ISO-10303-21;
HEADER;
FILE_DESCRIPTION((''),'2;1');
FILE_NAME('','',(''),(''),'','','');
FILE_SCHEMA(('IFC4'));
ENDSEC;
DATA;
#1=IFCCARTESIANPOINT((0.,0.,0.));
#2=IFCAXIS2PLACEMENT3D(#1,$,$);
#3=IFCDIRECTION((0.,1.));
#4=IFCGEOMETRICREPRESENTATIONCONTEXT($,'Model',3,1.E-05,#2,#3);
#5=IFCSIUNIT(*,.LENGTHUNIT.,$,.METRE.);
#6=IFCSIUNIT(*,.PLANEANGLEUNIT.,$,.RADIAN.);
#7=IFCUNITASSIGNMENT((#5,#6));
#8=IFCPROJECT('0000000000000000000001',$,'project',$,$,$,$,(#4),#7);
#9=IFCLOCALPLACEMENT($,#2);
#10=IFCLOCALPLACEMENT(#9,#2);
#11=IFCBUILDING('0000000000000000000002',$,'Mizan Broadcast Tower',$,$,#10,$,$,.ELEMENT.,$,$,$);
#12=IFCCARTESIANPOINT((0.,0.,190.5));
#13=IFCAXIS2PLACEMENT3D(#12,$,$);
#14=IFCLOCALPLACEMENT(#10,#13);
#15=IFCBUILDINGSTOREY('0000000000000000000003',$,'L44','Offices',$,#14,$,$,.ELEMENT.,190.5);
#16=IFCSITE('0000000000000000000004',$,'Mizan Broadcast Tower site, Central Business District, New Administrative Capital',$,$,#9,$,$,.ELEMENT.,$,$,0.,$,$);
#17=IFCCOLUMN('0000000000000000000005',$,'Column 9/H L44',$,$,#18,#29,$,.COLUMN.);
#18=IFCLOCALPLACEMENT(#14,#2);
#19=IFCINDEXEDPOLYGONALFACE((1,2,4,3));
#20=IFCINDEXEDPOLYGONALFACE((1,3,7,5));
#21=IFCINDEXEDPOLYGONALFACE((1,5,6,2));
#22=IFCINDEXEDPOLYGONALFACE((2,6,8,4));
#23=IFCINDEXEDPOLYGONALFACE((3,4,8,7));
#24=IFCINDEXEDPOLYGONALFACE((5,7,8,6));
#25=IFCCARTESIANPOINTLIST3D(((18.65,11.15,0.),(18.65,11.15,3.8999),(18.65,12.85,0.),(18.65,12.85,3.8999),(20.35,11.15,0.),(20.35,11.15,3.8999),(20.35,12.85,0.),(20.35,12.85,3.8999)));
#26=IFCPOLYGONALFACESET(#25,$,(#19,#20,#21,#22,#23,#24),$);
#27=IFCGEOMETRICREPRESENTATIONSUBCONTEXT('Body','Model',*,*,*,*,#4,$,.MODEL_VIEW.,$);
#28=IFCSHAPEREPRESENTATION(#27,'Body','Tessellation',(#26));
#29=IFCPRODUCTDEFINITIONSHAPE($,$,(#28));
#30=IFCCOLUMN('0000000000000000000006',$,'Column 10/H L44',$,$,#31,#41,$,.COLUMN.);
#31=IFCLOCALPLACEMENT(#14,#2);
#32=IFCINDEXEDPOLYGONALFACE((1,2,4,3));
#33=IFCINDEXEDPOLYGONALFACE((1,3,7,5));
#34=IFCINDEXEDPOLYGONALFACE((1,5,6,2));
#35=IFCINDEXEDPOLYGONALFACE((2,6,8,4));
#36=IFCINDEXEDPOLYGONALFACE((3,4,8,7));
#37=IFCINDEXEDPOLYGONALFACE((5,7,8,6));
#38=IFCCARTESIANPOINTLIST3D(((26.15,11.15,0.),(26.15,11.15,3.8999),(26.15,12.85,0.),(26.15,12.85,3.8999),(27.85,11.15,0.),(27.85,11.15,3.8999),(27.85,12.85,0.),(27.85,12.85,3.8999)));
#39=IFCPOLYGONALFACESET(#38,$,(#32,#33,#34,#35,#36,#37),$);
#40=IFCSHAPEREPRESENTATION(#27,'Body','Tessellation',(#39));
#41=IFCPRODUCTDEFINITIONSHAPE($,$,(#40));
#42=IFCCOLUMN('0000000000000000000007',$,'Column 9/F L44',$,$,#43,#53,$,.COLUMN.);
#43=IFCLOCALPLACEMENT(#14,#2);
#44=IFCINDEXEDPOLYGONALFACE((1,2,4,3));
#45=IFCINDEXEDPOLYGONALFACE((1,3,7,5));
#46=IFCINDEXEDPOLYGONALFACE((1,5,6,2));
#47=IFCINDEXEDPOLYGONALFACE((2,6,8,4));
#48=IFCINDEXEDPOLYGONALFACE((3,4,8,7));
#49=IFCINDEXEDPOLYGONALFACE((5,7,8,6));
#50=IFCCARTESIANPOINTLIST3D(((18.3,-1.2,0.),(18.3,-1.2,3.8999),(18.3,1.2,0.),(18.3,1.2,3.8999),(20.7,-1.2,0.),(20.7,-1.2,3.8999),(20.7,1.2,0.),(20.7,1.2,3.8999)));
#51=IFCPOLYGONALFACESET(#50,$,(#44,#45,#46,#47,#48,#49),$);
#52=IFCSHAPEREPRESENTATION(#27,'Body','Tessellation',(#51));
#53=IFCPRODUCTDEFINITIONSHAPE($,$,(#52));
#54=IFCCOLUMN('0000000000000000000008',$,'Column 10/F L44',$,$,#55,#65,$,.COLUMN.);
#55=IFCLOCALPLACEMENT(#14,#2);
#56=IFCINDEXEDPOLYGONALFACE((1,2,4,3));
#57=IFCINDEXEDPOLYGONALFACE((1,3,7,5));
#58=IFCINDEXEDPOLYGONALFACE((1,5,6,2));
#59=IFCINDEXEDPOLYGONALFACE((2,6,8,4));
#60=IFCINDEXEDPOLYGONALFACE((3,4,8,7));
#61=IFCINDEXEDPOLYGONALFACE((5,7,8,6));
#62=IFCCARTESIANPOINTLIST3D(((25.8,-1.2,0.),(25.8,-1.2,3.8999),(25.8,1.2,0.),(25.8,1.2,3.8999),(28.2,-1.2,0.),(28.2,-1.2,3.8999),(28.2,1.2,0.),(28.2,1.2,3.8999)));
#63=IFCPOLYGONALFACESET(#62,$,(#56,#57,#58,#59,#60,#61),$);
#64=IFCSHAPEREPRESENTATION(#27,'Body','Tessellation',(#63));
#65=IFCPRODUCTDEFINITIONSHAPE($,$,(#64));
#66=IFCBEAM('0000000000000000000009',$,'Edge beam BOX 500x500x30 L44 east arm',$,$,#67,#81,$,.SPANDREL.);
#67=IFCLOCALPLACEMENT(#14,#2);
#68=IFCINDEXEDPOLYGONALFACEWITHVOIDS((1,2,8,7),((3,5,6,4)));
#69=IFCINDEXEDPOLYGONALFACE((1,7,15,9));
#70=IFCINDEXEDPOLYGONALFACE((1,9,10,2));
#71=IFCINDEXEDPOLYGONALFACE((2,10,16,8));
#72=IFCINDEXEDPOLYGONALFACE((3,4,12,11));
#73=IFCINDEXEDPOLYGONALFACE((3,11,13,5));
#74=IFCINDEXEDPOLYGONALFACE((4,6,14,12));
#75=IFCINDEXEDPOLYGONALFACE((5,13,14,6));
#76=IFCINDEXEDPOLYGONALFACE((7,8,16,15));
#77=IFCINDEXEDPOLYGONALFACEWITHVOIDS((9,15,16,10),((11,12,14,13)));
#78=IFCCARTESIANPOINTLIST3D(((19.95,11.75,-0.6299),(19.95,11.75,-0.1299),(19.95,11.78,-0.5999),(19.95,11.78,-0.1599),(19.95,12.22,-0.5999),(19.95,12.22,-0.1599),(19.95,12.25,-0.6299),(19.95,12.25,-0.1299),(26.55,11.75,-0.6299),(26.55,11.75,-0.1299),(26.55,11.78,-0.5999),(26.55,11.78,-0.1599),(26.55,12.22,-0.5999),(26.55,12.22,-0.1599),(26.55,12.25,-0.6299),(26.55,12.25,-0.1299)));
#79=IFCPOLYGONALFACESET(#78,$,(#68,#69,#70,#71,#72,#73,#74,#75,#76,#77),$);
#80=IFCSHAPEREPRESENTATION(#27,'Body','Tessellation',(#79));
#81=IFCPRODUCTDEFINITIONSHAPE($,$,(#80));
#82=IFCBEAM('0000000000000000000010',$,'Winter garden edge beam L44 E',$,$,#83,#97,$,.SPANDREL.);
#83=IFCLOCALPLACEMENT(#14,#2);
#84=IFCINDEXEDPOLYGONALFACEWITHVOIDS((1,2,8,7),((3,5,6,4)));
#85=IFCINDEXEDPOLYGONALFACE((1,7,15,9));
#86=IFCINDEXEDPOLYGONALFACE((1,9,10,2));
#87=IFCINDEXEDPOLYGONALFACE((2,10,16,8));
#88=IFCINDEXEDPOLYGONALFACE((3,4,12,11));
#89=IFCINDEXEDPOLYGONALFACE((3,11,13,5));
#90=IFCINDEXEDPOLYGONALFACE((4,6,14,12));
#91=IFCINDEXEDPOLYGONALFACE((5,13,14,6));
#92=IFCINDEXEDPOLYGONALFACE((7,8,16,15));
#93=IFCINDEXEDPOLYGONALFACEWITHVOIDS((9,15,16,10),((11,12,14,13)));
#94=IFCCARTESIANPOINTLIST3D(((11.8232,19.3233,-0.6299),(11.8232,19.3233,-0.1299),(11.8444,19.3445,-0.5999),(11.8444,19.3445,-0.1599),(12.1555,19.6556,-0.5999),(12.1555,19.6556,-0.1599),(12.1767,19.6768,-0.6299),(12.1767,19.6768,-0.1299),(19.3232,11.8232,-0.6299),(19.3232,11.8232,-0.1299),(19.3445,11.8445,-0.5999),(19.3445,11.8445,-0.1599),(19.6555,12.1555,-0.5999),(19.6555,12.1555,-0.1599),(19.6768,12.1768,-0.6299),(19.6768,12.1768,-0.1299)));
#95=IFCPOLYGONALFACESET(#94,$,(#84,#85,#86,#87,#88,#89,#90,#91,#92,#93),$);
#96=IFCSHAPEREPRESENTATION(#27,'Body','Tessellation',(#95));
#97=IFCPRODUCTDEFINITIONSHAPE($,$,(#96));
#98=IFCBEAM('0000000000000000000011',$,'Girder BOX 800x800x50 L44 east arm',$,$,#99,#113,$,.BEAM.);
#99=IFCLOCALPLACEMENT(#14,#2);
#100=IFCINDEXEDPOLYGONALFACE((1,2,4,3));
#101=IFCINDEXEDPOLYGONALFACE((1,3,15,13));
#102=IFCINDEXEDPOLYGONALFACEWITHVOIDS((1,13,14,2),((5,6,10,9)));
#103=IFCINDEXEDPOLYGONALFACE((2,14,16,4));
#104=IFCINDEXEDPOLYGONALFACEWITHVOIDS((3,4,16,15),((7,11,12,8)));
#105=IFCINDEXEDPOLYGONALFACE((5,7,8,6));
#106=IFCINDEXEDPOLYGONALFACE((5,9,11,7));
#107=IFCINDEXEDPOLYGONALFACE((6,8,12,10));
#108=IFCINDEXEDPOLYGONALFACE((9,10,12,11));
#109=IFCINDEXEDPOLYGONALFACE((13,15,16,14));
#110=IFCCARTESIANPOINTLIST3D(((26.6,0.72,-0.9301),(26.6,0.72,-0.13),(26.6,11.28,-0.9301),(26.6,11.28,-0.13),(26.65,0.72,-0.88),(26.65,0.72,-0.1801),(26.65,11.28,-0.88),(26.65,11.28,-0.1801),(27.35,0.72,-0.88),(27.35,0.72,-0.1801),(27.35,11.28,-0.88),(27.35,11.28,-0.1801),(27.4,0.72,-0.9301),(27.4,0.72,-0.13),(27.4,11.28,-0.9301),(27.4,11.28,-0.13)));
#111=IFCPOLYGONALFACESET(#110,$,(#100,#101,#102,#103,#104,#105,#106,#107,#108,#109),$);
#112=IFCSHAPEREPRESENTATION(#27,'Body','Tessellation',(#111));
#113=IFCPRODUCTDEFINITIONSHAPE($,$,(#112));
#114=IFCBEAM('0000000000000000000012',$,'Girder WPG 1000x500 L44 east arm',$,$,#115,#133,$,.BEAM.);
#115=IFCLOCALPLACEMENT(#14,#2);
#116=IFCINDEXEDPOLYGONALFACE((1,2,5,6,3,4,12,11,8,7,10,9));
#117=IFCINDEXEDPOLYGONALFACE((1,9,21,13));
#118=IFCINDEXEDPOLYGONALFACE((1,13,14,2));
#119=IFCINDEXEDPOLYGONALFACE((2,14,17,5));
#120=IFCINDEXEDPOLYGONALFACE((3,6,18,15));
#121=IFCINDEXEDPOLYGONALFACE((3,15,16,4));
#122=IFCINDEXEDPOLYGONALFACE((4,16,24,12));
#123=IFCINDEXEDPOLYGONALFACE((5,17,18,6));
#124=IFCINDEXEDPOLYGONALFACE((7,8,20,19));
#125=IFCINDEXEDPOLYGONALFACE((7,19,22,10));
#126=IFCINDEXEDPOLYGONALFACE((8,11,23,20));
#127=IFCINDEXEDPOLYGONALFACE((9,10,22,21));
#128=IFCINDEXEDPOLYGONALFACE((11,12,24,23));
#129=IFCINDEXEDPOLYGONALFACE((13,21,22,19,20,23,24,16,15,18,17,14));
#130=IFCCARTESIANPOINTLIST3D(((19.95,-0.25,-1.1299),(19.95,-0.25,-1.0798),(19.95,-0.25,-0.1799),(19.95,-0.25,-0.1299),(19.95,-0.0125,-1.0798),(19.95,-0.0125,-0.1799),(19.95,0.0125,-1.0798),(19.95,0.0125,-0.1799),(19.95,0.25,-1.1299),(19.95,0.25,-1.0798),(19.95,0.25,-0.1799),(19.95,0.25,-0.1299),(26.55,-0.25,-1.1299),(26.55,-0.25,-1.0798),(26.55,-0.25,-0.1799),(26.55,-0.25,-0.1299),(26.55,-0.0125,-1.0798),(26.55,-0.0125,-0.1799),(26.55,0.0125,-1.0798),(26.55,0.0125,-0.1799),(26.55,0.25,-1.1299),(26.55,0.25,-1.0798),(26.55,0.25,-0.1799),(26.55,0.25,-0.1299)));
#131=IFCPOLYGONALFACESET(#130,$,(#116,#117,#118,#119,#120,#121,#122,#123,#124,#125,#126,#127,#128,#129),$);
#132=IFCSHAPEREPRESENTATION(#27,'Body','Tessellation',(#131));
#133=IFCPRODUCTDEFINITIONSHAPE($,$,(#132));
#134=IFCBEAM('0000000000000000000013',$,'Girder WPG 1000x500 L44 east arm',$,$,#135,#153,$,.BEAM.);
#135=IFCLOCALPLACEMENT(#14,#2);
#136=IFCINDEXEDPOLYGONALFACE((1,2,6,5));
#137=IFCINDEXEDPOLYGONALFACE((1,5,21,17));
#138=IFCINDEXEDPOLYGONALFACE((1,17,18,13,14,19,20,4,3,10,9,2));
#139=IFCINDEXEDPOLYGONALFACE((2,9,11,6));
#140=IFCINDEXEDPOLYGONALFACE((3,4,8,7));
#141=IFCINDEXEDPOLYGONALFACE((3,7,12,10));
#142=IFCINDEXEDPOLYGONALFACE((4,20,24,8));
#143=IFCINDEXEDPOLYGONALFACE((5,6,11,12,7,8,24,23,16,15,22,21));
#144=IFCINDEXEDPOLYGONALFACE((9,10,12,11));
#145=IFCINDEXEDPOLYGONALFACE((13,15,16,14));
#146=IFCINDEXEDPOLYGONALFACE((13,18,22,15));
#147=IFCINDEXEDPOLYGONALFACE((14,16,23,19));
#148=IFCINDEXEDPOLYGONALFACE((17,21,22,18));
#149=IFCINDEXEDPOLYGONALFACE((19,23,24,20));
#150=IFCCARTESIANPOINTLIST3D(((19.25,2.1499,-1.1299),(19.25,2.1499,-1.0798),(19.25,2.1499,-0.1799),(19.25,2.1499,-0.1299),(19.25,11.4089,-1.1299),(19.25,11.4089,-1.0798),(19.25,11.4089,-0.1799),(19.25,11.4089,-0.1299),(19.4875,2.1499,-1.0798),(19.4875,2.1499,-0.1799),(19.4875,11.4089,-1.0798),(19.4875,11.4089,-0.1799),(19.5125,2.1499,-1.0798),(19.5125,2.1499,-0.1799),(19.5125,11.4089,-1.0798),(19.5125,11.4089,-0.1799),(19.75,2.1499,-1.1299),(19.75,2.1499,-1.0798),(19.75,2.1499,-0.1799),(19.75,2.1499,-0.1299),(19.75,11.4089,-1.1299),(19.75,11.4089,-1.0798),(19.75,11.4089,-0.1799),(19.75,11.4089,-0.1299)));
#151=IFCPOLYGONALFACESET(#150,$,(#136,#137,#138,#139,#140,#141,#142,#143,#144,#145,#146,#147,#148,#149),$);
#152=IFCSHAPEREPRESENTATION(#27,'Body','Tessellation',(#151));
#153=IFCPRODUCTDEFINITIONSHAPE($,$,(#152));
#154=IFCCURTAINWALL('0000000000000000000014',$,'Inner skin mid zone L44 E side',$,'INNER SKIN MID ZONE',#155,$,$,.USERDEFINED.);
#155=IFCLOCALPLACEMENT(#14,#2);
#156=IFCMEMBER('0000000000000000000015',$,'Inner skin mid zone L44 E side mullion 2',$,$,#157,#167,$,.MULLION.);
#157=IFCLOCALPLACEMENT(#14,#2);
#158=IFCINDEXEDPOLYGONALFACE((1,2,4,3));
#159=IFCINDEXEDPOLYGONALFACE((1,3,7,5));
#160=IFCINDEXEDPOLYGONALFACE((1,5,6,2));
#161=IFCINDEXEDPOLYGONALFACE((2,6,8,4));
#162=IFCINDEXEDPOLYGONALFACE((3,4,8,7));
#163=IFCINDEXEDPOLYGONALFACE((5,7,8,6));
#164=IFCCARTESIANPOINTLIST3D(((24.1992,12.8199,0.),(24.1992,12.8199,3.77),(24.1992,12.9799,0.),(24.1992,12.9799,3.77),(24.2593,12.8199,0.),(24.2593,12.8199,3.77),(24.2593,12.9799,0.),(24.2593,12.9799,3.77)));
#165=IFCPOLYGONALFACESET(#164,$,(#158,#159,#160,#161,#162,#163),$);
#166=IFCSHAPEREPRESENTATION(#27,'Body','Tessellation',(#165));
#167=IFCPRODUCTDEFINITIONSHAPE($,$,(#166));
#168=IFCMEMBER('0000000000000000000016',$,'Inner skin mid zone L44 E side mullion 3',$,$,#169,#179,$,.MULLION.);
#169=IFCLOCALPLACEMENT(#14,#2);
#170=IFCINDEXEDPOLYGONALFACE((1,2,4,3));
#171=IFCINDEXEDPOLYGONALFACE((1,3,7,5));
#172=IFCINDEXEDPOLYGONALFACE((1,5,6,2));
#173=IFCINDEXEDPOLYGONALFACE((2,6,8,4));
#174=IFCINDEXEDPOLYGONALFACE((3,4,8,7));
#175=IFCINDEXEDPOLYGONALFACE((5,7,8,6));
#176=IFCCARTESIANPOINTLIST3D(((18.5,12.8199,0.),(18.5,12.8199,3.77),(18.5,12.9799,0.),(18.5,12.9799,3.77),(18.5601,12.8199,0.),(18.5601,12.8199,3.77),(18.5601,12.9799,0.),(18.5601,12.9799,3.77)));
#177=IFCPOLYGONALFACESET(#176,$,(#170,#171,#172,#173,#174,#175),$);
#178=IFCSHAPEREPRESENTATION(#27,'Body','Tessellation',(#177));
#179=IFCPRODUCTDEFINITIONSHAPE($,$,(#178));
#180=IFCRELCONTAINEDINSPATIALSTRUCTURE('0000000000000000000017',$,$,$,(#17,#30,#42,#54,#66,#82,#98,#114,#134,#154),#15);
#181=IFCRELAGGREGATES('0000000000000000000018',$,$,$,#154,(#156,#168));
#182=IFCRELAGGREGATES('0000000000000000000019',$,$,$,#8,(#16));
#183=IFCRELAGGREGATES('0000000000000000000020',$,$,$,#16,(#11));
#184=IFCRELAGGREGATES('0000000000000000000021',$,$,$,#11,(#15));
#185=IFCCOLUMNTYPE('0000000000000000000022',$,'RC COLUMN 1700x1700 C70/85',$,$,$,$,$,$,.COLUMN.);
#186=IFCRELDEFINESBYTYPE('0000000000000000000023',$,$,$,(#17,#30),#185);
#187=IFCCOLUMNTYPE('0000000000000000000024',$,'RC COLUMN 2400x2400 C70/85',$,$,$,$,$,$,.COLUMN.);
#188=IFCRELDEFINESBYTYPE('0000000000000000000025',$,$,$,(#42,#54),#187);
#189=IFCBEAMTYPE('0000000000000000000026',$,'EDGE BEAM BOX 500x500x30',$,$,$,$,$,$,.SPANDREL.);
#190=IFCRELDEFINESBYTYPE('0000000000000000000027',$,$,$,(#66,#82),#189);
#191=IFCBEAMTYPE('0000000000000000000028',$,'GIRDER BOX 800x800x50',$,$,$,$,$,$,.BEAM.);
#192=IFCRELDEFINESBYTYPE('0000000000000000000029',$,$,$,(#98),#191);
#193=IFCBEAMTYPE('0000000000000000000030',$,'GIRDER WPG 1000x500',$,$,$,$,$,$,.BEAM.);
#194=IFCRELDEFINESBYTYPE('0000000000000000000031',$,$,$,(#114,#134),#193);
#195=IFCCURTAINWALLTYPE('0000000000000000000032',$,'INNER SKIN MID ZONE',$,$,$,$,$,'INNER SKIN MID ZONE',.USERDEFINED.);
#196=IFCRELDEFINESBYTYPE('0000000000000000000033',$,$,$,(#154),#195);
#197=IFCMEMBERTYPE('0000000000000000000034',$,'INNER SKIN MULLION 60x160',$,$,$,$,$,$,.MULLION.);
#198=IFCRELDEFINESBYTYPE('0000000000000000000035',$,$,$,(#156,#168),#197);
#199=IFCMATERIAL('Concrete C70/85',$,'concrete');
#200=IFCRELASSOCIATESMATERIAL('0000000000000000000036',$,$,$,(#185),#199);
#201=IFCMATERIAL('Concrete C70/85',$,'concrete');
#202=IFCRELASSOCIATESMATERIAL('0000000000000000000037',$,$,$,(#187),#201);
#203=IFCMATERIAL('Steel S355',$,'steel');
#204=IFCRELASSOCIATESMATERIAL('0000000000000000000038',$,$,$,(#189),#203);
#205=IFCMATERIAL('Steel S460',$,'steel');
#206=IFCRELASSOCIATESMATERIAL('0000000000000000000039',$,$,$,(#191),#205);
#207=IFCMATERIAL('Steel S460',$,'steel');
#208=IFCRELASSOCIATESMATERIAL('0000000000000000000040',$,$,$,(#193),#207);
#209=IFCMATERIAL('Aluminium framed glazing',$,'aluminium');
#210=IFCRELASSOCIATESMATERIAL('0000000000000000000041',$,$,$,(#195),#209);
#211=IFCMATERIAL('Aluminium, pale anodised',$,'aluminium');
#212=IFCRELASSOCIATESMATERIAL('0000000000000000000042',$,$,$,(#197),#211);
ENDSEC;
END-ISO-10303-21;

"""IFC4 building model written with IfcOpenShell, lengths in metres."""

from ifc_helpers import new_model, si_unit, direction, frame, origin, origin_2d, place, context, subcontext, project, spatial, rectangle, hollow_rectangle, i_section, extrude, material, material_profile, profile_set, type_object, element, aggregate, save


model = new_model("IFC4")

# Units and contexts
model_context = context("Model", 3, precision=1e-05, world=origin(), true_north=direction((0.0, 1.0)))
body_context = subcontext(model_context, "Body", "Model", "MODEL_VIEW")
ifc_project = project(units=[si_unit("LENGTHUNIT", "METRE"), si_unit("PLANEANGLEUNIT", "RADIAN")], contexts=[model_context])

# Site, building, storey
site_placement = place(None, origin())
site = spatial("IfcSite", under=ifc_project, at=site_placement, Name="Mizan Broadcast Tower site, Central Business District, New Administrative Capital", CompositionType="ELEMENT", RefElevation=0.0)
building_placement = place(site_placement, origin())
building = spatial("IfcBuilding", under=site, at=building_placement, Name="Mizan Broadcast Tower", CompositionType="ELEMENT")
storey_placement = place(building_placement, frame((0.0, 0.0, 190.5)))
storey = spatial("IfcBuildingStorey", under=building, at=storey_placement, Name="L44", Description="Offices", CompositionType="ELEMENT", Elevation=190.5)

# Columns
ifc_material_1 = material(Name="Concrete C70/85", Category="concrete")
ifc_material_profile_1 = material_profile(ifc_material_1, rectangle(XDim=1.7, YDim=1.7, at=origin_2d()), Name="RC 1700x1700")
ifc_profile_set_1 = profile_set([ifc_material_profile_1], Name="Concrete C70/85")
column_type_1 = type_object("IfcColumnType", Name="RC COLUMN 1700x1700 C70/85", PredefinedType="COLUMN", material=ifc_profile_set_1)
for number, where, z_axis, x_axis, name in (
    (1, (19.5, 12.0, 0.0), (0.0, 0.0, 1.0), (1.0, 0.0, 0.0), "Column 9/H L44"),
    (2, (27.0, 12.0, 0.0), (0.0, 0.0, 1.0), (1.0, 0.0, 0.0), "Column 10/H L44"),
):
    element("IfcColumn", number, at=place(storey_placement, frame(where, z_axis=z_axis, x_axis=x_axis)), inside=storey, type_object=column_type_1, Name=name, PredefinedType="COLUMN", context=body_context, shape_type="SweptSolid", body=[
        extrude(rectangle(XDim=1.7, YDim=1.7, at=origin_2d()), origin(), (0.0, 0.0, 1.0), 3.8999),
    ])
ifc_material_2 = material(Name="Concrete C70/85", Category="concrete")
ifc_material_profile_2 = material_profile(ifc_material_2, rectangle(XDim=2.3999, YDim=2.3999, at=origin_2d()), Name="RC 2400x2400")
ifc_profile_set_2 = profile_set([ifc_material_profile_2], Name="Concrete C70/85")
column_type_2 = type_object("IfcColumnType", Name="RC COLUMN 2400x2400 C70/85", PredefinedType="COLUMN", material=ifc_profile_set_2)
for number, where, z_axis, x_axis, name in (
    (3, (19.5, 0.0, 0.0), (0.0, 0.0, 1.0), (1.0, 0.0, 0.0), "Column 9/F L44"),
    (4, (27.0, 0.0, 0.0), (0.0, 0.0, 1.0), (1.0, 0.0, 0.0), "Column 10/F L44"),
):
    element("IfcColumn", number, at=place(storey_placement, frame(where, z_axis=z_axis, x_axis=x_axis)), inside=storey, type_object=column_type_2, Name=name, PredefinedType="COLUMN", context=body_context, shape_type="SweptSolid", body=[
        extrude(rectangle(XDim=2.3999, YDim=2.3999, at=origin_2d()), origin(), (0.0, 0.0, 1.0), 3.8999),
    ])

# Beams
ifc_material_3 = material(Name="Steel S355", Category="steel")
ifc_material_profile_3 = material_profile(ifc_material_3, hollow_rectangle(XDim=0.5, YDim=0.5, WallThickness=0.03, at=origin_2d()), Name="BOX 500x500x30")
ifc_profile_set_3 = profile_set([ifc_material_profile_3], Name="Steel S355")
beam_type_1 = type_object("IfcBeamType", Name="EDGE BEAM BOX 500x500x30", PredefinedType="SPANDREL", material=ifc_profile_set_3)
beam_1_placement = place(storey_placement, frame((19.95, 12.0, -0.3799), z_axis=(1.0, 0.0, 0.0), x_axis=(0.0, 1.0, 0.0)))
element("IfcBeam", 5, at=beam_1_placement, inside=storey, type_object=beam_type_1, Name="Edge beam BOX 500x500x30 L44 east arm", PredefinedType="SPANDREL", context=body_context, shape_type="SweptSolid", body=[
    extrude(hollow_rectangle(XDim=0.5, YDim=0.5, WallThickness=0.03, at=origin_2d()), origin(), (0.0, 0.0, 1.0), 6.6001),
])
beam_2_placement = place(storey_placement, frame((19.5, 12.0, -0.3799), z_axis=(-0.707107, 0.707107, 0.0), x_axis=(-0.707107, -0.707107, 0.0)))
element("IfcBeam", 6, at=beam_2_placement, inside=storey, type_object=beam_type_1, Name="Winter garden edge beam L44 E", PredefinedType="SPANDREL", context=body_context, shape_type="SweptSolid", body=[
    extrude(hollow_rectangle(XDim=0.5, YDim=0.5, WallThickness=0.03, at=origin_2d()), origin(), (0.0, 0.0, 1.0), 10.6067),
])
ifc_material_4 = material(Name="Steel S460", Category="steel")
ifc_material_profile_4 = material_profile(ifc_material_4, hollow_rectangle(XDim=0.8, YDim=0.8, WallThickness=0.05, at=origin_2d()), Name="BOX 800x800x50")
ifc_profile_set_4 = profile_set([ifc_material_profile_4], Name="Steel S460")
beam_type_2 = type_object("IfcBeamType", Name="GIRDER BOX 800x800x50", PredefinedType="BEAM", material=ifc_profile_set_4)
beam_3_placement = place(storey_placement, frame((27.0, 11.28, -0.53), z_axis=(0.0, -1.0, 0.0), x_axis=(1.0, 0.0, 0.0)))
element("IfcBeam", 7, at=beam_3_placement, inside=storey, type_object=beam_type_2, Name="Girder BOX 800x800x50 L44 east arm", PredefinedType="BEAM", context=body_context, shape_type="SweptSolid", body=[
    extrude(hollow_rectangle(XDim=0.8, YDim=0.8, WallThickness=0.05, at=origin_2d()), origin(), (0.0, 0.0, 1.0), 10.5601),
])
ifc_material_5 = material(Name="Steel S460", Category="steel")
ifc_material_profile_5 = material_profile(ifc_material_5, i_section(OverallWidth=0.5, OverallDepth=1.0, WebThickness=0.0249, FlangeThickness=0.05, at=origin_2d()), Name="WPG 1000x500")
ifc_profile_set_5 = profile_set([ifc_material_profile_5], Name="Steel S460")
beam_type_3 = type_object("IfcBeamType", Name="GIRDER WPG 1000x500", PredefinedType="BEAM", material=ifc_profile_set_5)
beam_4_placement = place(storey_placement, frame((19.95, 0.0, -0.6299), z_axis=(1.0, 0.0, 0.0), x_axis=(0.0, 1.0, 0.0)))
element("IfcBeam", 8, at=beam_4_placement, inside=storey, type_object=beam_type_3, Name="Girder WPG 1000x500 L44 east arm", PredefinedType="BEAM", context=body_context, shape_type="SweptSolid", body=[
    extrude(i_section(OverallWidth=0.5, OverallDepth=1.0, WebThickness=0.0249, FlangeThickness=0.05, at=origin_2d()), origin(), (0.0, 0.0, 1.0), 6.6001),
])
beam_5_placement = place(storey_placement, frame((19.5, 11.4089, -0.6299), z_axis=(0.0, -1.0, 0.0), x_axis=(1.0, 0.0, 0.0)))
element("IfcBeam", 9, at=beam_5_placement, inside=storey, type_object=beam_type_3, Name="Girder WPG 1000x500 L44 east arm", PredefinedType="BEAM", context=body_context, shape_type="SweptSolid", body=[
    extrude(i_section(OverallWidth=0.5, OverallDepth=1.0, WebThickness=0.0249, FlangeThickness=0.05, at=origin_2d()), origin(), (0.0, 0.0, 1.0), 9.259),
])

# Curtain wall, members
ifc_material_6 = material(Name="Aluminium framed glazing", Category="aluminium")
curtain_wall_type_1 = type_object("IfcCurtainWallType", Name="INNER SKIN MID ZONE", ElementType="INNER SKIN MID ZONE", PredefinedType="USERDEFINED", material=ifc_material_6)
curtain_wall_1_placement = place(storey_placement, origin())
curtain_wall_1 = element("IfcCurtainWall", 10, at=curtain_wall_1_placement, inside=storey, type_object=curtain_wall_type_1, Name="Inner skin mid zone L44 E side", ObjectType="INNER SKIN MID ZONE", PredefinedType="USERDEFINED")
ifc_material_7 = material(Name="Aluminium, pale anodised", Category="aluminium")
ifc_material_profile_6 = material_profile(ifc_material_7, rectangle(XDim=0.1599, YDim=0.0601, at=origin_2d()), Name="MULLION 160x60")
ifc_profile_set_6 = profile_set([ifc_material_profile_6], Name="Aluminium, pale anodised")
member_type_1 = type_object("IfcMemberType", Name="INNER SKIN MULLION 60x160", PredefinedType="MULLION", material=ifc_profile_set_6)
member_1_placement = place(storey_placement, frame((24.2292, 12.8999, 0.0), z_axis=(0.0, 0.0, 1.0), x_axis=(0.0, -1.0, 0.0)))
member_1 = element("IfcMember", 11, at=member_1_placement, type_object=member_type_1, Name="Inner skin mid zone L44 E side mullion 2", PredefinedType="MULLION", context=body_context, shape_type="SweptSolid", body=[
    extrude(rectangle(XDim=0.1599, YDim=0.0601, at=origin_2d()), origin(), (0.0, 0.0, 1.0), 3.77),
])
member_2_placement = place(storey_placement, frame((18.53, 12.8999, 0.0), z_axis=(0.0, 0.0, 1.0), x_axis=(0.0, -1.0, 0.0)))
member_2 = element("IfcMember", 12, at=member_2_placement, type_object=member_type_1, Name="Inner skin mid zone L44 E side mullion 3", PredefinedType="MULLION", context=body_context, shape_type="SweptSolid", body=[
    extrude(rectangle(XDim=0.1599, YDim=0.0601, at=origin_2d()), origin(), (0.0, 0.0, 1.0), 3.77),
])

aggregate(curtain_wall_1, [member_1, member_2])

save(model, "model.ifc")
